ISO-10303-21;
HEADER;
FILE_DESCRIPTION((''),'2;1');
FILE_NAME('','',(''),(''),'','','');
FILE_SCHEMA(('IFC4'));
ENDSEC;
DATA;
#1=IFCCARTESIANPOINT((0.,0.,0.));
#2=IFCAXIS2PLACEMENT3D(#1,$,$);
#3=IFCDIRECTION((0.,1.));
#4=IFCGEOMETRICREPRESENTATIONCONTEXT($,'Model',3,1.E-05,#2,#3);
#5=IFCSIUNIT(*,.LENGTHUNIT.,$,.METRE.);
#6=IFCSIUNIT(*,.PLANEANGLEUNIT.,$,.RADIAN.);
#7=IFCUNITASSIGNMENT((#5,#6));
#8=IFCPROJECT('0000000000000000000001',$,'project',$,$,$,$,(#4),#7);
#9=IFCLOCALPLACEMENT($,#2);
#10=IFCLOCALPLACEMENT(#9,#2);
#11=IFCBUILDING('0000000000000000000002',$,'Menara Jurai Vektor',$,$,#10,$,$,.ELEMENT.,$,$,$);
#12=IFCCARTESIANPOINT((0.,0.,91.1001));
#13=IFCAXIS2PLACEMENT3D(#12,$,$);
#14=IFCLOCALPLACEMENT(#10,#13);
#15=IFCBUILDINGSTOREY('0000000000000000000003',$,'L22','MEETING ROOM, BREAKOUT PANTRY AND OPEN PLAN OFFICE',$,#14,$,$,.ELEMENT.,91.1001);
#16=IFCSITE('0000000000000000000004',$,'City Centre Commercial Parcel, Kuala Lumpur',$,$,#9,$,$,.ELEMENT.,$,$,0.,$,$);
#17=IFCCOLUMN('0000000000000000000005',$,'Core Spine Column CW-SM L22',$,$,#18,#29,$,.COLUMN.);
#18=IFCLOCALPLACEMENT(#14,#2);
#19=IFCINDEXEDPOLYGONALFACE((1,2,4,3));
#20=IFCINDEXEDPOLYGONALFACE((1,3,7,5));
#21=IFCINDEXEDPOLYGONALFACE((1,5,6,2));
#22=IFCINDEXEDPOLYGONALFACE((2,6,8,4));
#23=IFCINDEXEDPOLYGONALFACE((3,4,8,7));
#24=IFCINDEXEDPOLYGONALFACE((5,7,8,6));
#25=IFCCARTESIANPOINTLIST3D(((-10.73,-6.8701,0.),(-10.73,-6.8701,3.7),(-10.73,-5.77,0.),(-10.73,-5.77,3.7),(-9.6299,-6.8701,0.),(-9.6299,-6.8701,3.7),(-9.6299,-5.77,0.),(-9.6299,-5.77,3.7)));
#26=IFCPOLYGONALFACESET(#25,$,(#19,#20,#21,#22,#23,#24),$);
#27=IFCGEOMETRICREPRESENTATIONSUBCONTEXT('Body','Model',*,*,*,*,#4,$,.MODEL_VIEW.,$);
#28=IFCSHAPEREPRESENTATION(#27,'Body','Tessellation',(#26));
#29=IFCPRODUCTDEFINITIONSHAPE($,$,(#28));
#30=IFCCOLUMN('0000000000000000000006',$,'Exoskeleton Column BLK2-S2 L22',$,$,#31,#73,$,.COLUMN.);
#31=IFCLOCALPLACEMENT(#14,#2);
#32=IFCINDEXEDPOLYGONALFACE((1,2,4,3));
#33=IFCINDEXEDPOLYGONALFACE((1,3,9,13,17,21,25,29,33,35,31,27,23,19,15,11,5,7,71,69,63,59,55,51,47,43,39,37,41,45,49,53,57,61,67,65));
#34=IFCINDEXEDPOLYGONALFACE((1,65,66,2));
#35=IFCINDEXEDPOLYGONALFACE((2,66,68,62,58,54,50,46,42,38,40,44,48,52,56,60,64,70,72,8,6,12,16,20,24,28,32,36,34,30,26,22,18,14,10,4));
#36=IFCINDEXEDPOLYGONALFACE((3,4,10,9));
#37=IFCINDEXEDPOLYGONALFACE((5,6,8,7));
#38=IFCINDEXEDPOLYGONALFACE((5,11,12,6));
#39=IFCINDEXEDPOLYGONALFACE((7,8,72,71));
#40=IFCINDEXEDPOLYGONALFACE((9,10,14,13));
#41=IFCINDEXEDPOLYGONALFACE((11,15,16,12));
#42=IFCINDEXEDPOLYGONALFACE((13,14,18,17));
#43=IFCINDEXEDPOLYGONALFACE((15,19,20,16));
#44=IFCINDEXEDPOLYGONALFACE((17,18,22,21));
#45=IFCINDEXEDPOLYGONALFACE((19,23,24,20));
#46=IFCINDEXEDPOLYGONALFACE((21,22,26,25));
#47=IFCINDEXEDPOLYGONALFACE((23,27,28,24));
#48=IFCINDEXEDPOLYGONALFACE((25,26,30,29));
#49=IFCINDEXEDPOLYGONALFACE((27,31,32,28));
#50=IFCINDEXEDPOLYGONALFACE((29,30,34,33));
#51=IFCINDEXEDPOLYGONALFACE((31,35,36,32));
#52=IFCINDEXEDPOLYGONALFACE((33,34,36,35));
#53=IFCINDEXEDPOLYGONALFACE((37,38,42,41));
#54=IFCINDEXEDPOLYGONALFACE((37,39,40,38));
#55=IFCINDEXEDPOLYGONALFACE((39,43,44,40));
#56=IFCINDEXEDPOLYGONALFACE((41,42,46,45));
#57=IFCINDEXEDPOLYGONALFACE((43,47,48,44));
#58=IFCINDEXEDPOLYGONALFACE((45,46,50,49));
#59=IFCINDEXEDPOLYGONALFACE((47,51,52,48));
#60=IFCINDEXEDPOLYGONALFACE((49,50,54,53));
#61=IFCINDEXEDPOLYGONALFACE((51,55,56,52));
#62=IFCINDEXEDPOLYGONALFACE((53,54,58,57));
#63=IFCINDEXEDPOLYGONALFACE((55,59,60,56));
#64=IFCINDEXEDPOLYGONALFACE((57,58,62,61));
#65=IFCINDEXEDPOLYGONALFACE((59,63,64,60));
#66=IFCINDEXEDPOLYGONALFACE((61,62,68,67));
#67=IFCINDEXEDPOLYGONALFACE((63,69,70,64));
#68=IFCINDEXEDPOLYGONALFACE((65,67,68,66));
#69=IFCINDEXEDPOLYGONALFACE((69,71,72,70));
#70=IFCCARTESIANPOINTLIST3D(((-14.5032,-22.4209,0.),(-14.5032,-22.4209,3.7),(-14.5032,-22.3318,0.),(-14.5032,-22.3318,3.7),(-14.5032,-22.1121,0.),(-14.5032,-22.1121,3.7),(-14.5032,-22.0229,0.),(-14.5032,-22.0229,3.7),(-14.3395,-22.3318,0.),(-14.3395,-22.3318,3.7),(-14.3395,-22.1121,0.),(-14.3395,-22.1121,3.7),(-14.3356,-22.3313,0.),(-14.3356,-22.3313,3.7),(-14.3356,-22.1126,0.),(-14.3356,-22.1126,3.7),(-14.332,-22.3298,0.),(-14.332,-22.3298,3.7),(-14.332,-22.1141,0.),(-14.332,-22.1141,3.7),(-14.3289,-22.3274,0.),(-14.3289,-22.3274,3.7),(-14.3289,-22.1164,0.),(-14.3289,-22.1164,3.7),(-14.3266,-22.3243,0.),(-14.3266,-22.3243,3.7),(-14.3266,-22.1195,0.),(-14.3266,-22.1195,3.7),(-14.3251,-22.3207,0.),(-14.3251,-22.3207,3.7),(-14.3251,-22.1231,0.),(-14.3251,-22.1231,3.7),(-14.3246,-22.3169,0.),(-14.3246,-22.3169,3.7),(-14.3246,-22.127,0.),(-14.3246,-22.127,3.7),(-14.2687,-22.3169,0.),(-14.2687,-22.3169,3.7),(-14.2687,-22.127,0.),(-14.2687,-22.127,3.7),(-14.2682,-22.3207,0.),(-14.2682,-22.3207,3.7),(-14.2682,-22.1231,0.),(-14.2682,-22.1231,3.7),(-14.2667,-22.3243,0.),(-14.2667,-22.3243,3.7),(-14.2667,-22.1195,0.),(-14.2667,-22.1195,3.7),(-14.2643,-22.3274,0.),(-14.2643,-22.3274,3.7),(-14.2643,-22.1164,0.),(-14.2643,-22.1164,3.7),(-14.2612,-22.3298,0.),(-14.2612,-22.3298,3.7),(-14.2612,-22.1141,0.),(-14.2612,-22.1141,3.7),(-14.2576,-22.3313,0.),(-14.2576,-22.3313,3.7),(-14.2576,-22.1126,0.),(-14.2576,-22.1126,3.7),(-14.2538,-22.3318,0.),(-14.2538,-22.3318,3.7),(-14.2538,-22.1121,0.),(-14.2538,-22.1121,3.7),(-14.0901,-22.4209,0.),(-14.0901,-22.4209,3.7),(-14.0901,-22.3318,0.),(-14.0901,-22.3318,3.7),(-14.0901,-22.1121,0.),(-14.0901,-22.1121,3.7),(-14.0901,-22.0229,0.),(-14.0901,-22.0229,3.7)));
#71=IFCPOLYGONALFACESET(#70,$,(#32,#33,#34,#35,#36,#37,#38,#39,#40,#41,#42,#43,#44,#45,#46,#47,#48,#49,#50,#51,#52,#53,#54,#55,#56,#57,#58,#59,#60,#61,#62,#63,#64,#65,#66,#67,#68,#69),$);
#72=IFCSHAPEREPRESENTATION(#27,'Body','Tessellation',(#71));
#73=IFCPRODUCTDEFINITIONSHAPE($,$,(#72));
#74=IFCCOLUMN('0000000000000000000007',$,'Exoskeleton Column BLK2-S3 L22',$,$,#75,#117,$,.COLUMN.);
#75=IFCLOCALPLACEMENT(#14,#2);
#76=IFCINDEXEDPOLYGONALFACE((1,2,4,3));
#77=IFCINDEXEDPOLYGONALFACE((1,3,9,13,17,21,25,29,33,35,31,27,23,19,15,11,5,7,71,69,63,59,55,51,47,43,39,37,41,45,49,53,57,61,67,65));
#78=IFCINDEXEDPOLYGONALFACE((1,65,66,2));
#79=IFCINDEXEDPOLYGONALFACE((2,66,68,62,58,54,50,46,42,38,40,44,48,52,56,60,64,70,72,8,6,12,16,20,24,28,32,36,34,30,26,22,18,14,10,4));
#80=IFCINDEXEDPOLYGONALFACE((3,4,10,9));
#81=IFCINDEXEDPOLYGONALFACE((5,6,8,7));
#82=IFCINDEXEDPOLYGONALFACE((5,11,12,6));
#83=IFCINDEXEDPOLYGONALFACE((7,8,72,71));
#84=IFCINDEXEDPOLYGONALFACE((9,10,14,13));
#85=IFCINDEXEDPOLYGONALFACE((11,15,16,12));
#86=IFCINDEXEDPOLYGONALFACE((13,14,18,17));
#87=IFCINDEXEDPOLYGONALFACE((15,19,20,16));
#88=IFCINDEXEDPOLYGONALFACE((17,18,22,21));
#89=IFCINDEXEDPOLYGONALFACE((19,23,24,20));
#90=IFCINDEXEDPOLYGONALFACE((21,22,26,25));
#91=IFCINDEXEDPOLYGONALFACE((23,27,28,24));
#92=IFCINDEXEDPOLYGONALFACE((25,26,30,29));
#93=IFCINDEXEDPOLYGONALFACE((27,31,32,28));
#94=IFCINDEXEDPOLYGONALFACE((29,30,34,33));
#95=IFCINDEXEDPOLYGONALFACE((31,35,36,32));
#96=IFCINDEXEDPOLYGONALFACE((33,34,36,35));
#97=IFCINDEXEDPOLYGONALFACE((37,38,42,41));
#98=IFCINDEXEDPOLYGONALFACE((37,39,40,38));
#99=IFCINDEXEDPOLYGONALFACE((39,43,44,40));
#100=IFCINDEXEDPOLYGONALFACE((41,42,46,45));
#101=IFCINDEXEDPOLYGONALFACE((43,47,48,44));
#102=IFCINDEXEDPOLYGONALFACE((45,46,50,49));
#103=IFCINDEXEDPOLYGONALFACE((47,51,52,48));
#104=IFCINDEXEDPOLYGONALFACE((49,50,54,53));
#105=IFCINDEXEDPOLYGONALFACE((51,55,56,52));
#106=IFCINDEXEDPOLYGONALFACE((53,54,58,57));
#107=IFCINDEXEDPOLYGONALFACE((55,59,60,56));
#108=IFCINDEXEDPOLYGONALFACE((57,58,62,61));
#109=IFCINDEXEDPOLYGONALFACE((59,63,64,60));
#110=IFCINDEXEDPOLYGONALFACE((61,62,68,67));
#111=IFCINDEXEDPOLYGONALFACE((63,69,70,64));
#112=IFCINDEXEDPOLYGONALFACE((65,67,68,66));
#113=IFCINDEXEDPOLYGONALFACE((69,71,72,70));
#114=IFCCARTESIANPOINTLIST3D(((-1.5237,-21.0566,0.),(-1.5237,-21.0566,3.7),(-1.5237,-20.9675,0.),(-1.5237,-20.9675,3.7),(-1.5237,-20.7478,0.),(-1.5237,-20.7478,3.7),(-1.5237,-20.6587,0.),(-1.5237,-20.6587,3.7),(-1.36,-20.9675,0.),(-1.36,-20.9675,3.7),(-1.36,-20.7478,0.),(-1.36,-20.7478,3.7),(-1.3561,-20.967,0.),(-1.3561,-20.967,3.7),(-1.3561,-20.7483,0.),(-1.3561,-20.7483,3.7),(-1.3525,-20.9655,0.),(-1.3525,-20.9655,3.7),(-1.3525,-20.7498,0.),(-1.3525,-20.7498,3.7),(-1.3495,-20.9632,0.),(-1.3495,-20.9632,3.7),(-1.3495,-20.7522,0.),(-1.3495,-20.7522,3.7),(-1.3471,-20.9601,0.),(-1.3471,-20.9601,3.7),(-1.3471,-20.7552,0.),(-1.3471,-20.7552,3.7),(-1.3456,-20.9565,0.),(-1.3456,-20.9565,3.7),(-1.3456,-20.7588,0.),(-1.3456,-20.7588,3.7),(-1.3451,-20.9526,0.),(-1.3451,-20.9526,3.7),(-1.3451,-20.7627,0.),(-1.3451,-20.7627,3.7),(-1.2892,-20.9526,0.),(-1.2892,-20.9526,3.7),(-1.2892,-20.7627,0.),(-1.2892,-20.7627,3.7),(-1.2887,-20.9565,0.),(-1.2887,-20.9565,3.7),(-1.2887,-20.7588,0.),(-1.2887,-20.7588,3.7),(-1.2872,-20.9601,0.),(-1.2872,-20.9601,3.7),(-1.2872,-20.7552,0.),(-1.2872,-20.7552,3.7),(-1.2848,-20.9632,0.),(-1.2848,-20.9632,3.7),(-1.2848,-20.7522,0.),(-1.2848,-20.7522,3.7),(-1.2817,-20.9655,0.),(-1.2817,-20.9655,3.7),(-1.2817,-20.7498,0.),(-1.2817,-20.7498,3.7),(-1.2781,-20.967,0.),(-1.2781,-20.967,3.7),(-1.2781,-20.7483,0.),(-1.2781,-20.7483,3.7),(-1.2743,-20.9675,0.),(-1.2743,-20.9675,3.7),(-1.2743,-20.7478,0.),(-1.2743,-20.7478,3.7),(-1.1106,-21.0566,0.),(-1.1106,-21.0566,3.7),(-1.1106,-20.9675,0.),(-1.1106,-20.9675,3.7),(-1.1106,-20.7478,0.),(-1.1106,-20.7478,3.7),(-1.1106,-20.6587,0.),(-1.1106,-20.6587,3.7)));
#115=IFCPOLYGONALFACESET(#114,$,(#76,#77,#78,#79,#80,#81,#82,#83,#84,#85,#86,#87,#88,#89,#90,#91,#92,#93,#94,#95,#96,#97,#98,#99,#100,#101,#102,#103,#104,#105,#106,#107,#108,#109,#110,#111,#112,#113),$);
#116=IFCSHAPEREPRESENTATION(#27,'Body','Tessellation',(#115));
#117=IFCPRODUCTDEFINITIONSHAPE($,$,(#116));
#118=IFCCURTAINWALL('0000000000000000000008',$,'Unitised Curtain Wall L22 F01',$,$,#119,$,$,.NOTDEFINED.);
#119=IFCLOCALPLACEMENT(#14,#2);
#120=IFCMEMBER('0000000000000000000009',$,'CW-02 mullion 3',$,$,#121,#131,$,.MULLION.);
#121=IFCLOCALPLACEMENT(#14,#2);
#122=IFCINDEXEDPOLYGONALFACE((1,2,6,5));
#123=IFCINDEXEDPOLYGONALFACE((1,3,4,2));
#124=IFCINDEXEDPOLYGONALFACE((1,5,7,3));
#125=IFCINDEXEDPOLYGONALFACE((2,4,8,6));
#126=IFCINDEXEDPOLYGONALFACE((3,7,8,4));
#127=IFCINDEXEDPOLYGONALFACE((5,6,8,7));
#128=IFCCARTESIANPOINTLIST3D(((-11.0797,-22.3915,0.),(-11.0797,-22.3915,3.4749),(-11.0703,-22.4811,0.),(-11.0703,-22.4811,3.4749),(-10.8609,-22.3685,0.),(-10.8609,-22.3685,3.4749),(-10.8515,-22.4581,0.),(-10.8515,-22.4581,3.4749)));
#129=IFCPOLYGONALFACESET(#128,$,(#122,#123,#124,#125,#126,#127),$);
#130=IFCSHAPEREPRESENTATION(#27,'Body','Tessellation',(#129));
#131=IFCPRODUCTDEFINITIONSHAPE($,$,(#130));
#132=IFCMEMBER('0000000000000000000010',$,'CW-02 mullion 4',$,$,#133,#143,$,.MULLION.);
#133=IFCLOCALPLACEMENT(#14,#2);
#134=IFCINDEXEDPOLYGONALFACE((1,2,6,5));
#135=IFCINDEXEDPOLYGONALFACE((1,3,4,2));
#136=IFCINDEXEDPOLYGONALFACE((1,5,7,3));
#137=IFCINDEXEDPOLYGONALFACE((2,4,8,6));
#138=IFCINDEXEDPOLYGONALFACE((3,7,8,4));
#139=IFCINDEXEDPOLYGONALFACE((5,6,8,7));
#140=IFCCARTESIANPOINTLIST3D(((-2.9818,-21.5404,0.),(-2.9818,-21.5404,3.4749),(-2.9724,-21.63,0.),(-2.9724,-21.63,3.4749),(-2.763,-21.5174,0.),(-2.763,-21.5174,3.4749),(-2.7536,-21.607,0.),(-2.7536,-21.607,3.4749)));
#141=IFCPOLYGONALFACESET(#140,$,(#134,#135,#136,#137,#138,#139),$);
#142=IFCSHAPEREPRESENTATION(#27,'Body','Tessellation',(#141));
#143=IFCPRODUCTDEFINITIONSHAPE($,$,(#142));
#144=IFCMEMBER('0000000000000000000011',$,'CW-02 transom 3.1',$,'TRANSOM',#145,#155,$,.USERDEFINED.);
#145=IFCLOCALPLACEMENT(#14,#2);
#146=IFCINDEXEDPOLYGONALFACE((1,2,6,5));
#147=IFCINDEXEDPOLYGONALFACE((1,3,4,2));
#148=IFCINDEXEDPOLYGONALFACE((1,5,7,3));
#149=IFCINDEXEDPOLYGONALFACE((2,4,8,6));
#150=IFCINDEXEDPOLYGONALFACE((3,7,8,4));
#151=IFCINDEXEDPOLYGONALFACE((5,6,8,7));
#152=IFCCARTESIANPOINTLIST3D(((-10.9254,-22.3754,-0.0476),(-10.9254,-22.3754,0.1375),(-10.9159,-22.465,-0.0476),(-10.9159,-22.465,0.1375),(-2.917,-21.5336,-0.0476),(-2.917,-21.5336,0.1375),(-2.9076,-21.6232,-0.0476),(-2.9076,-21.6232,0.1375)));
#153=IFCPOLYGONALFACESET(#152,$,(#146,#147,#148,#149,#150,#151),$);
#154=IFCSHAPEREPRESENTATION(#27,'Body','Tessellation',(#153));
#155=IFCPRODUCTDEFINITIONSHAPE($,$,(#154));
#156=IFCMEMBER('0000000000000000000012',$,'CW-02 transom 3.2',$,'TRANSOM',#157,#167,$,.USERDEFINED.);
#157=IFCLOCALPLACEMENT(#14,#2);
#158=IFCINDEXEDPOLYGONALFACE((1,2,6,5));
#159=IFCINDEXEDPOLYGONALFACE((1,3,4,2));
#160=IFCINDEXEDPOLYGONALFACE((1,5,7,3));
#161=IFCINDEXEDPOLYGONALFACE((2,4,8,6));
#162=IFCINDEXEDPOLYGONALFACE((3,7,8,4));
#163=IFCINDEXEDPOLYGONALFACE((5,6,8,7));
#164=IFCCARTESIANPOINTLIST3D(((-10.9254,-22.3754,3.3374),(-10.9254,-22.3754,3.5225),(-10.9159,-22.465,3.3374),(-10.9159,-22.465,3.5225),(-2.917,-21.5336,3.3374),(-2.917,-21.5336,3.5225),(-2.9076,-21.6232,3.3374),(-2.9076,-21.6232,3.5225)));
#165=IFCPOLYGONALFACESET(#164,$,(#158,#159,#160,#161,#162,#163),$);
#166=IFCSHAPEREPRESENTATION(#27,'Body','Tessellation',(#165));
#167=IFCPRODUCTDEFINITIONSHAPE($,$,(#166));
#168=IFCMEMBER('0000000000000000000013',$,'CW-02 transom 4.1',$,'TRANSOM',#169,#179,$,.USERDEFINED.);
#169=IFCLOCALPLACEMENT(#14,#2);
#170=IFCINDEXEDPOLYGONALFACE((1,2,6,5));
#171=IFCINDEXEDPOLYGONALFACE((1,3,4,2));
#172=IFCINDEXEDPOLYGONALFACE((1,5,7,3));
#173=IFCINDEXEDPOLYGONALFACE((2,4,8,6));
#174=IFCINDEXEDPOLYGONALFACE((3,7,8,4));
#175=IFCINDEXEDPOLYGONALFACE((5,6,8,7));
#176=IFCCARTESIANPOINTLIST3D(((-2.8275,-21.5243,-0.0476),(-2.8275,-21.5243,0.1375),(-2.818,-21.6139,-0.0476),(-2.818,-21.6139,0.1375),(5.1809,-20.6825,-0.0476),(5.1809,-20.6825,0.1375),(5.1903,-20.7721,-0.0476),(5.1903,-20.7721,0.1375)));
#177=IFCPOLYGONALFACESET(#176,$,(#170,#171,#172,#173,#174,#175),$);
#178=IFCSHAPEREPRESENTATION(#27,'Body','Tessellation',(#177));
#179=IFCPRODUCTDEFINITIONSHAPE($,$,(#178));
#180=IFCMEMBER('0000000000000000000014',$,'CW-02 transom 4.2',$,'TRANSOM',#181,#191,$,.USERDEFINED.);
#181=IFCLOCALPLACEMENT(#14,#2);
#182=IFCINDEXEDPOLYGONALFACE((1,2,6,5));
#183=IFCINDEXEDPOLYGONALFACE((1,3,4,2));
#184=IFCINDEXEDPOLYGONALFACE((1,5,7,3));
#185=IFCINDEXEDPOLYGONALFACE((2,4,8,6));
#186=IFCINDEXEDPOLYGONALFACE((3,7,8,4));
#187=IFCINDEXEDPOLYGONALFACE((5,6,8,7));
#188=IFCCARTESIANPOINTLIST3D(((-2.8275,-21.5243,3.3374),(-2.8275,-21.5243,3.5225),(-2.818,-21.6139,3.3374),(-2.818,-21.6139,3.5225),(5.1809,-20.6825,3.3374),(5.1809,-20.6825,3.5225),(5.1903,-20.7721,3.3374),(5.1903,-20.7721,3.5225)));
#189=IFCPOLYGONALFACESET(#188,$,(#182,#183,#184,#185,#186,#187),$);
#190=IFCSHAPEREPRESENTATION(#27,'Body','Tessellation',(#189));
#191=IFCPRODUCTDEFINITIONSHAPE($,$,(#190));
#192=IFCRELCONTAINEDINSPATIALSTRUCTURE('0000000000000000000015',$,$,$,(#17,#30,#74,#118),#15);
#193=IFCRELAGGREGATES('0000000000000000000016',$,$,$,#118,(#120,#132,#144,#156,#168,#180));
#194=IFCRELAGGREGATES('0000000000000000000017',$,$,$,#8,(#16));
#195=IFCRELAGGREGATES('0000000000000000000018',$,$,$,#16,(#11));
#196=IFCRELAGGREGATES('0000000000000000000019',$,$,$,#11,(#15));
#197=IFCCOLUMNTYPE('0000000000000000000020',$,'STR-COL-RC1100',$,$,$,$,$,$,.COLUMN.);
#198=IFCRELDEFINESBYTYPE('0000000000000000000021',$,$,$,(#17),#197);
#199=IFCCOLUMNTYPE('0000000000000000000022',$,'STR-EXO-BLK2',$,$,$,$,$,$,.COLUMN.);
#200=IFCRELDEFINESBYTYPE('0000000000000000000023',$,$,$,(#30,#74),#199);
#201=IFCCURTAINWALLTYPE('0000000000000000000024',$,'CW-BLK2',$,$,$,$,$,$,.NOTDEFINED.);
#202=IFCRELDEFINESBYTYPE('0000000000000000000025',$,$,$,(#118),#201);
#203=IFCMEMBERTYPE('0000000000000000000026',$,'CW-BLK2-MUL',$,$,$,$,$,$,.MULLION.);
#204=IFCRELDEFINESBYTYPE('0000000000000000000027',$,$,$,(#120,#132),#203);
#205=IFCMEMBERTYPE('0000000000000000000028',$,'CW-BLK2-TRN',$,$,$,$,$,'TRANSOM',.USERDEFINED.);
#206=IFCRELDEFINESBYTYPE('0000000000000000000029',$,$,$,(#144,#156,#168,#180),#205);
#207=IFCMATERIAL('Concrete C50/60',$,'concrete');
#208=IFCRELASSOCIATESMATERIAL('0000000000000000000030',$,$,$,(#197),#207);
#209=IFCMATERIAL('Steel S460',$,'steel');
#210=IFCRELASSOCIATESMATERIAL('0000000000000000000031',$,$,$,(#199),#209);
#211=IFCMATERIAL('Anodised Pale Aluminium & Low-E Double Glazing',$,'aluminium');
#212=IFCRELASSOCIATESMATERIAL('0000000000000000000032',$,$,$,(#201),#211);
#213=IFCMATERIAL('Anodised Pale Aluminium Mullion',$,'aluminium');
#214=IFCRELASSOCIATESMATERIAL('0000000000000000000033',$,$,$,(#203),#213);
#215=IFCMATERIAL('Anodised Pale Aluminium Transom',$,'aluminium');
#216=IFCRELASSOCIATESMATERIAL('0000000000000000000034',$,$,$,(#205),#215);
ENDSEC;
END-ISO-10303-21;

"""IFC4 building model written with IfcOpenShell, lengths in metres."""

from ifc_helpers import new_model, si_unit, direction, frame, origin, origin_2d, place, context, subcontext, project, spatial, rectangle, i_section, extrude, material, material_profile, profile_set, type_object, element, aggregate, save


model = new_model("IFC4")

# Units and contexts
model_context = context("Model", 3, precision=1e-05, world=origin(), true_north=direction((0.0, 1.0)))
body_context = subcontext(model_context, "Body", "Model", "MODEL_VIEW")
ifc_project = project(units=[si_unit("LENGTHUNIT", "METRE"), si_unit("PLANEANGLEUNIT", "RADIAN")], contexts=[model_context])

# Site, building, storey
site_placement = place(None, origin())
site = spatial("IfcSite", under=ifc_project, at=site_placement, Name="City Centre Commercial Parcel, Kuala Lumpur", CompositionType="ELEMENT", RefElevation=0.0)
building_placement = place(site_placement, origin())
building = spatial("IfcBuilding", under=site, at=building_placement, Name="Menara Jurai Vektor", CompositionType="ELEMENT")
storey_placement = place(building_placement, frame((0.0, 0.0, 91.1001)))
storey = spatial("IfcBuildingStorey", under=building, at=storey_placement, Name="L22", Description="MEETING ROOM, BREAKOUT PANTRY AND OPEN PLAN OFFICE", CompositionType="ELEMENT", Elevation=91.1001)

# Columns
ifc_material_1 = material(Name="Concrete C50/60", Category="concrete")
ifc_material_profile_1 = material_profile(ifc_material_1, rectangle(XDim=1.1001, YDim=1.1001, at=origin_2d()), Name="RC 1100x1100")
ifc_profile_set_1 = profile_set([ifc_material_profile_1], Name="Concrete C50/60")
column_type_1 = type_object("IfcColumnType", Name="STR-COL-RC1100", PredefinedType="COLUMN", material=ifc_profile_set_1)
column_placement = place(storey_placement, frame((-10.1799, -6.3201, 0.0), z_axis=(0.0, 0.0, 1.0), x_axis=(1.0, 0.0, 0.0)))
element("IfcColumn", 1, at=column_placement, inside=storey, type_object=column_type_1, Name="Core Spine Column CW-SM L22", PredefinedType="COLUMN", context=body_context, shape_type="SweptSolid", body=[
    extrude(rectangle(XDim=1.1001, YDim=1.1001, at=origin_2d()), origin(), (0.0, 0.0, 1.0), 3.7),
])
ifc_material_2 = material(Name="Steel S460", Category="steel")
ifc_material_profile_2 = material_profile(ifc_material_2, i_section(OverallWidth=0.4131, OverallDepth=0.3979, WebThickness=0.0559, FlangeThickness=0.0891, FilletRadius=0.0149, at=origin_2d()), Name="HD 400x744")
ifc_profile_set_2 = profile_set([ifc_material_profile_2], Name="Steel S460")
column_type_2 = type_object("IfcColumnType", Name="STR-EXO-BLK2", PredefinedType="COLUMN", material=ifc_profile_set_2)
for number, where, z_axis, x_axis, name in (
    (2, (-14.2966, -22.2219, 0.0), (0.0, 0.0, 1.0), (1.0, 0.0, 0.0), "Exoskeleton Column BLK2-S2 L22"),
    (3, (-1.3171, -20.8577, 0.0), (0.0, 0.0, 1.0), (1.0, 0.0, 0.0), "Exoskeleton Column BLK2-S3 L22"),
):
    element("IfcColumn", number, at=place(storey_placement, frame(where, z_axis=z_axis, x_axis=x_axis)), inside=storey, type_object=column_type_2, Name=name, PredefinedType="COLUMN", context=body_context, shape_type="SweptSolid", body=[
        extrude(i_section(OverallWidth=0.4131, OverallDepth=0.3979, WebThickness=0.0559, FlangeThickness=0.0891, FilletRadius=0.0149, at=origin_2d()), origin(), (0.0, 0.0, 1.0), 3.7),
    ])

# Curtain wall, members
ifc_material_3 = material(Name="Anodised Pale Aluminium & Low-E Double Glazing", Category="aluminium")
curtain_wall_type = type_object("IfcCurtainWallType", Name="CW-BLK2", PredefinedType="NOTDEFINED", material=ifc_material_3)
curtain_wall_placement = place(storey_placement, origin())
curtain_wall = element("IfcCurtainWall", 4, at=curtain_wall_placement, inside=storey, type_object=curtain_wall_type, Name="Unitised Curtain Wall L22 F01", PredefinedType="NOTDEFINED")
ifc_material_4 = material(Name="Anodised Pale Aluminium Mullion", Category="aluminium")
ifc_material_profile_3 = material_profile(ifc_material_4, rectangle(XDim=0.0901, YDim=0.22, at=origin_2d()), Name="ALU MUL 90x220")
ifc_profile_set_3 = profile_set([ifc_material_profile_3], Name="Anodised Pale Aluminium Mullion")
member_type_1 = type_object("IfcMemberType", Name="CW-BLK2-MUL", PredefinedType="MULLION", material=ifc_profile_set_3)
member_1_placement = place(storey_placement, frame((-10.9656, -22.4248, 0.0), z_axis=(0.0, 0.0, 1.0), x_axis=(-0.104529, 0.994522, 0.0)))
member_1 = element("IfcMember", 5, at=member_1_placement, type_object=member_type_1, Name="CW-02 mullion 3", PredefinedType="MULLION", context=body_context, shape_type="SweptSolid", body=[
    extrude(rectangle(XDim=0.0901, YDim=0.22, at=origin_2d()), origin(), (0.0, 0.0, 1.0), 3.4749),
])
member_2_placement = place(storey_placement, frame((-2.8677, -21.5737, 0.0), z_axis=(0.0, 0.0, 1.0), x_axis=(-0.104529, 0.994522, 0.0)))
member_2 = element("IfcMember", 6, at=member_2_placement, type_object=member_type_1, Name="CW-02 mullion 4", PredefinedType="MULLION", context=body_context, shape_type="SweptSolid", body=[
    extrude(rectangle(XDim=0.0901, YDim=0.22, at=origin_2d()), origin(), (0.0, 0.0, 1.0), 3.4749),
])
ifc_material_5 = material(Name="Anodised Pale Aluminium Transom", Category="aluminium")
ifc_material_profile_4 = material_profile(ifc_material_5, rectangle(XDim=0.0901, YDim=0.1851, at=origin_2d()), Name="ALU TRN 90x185")
ifc_profile_set_4 = profile_set([ifc_material_profile_4], Name="Anodised Pale Aluminium Transom")
member_type_2 = type_object("IfcMemberType", Name="CW-BLK2-TRN", ElementType="TRANSOM", PredefinedType="USERDEFINED", material=ifc_profile_set_4)
member_3_placement = place(storey_placement, frame((-10.9207, -22.4202, 0.0449), z_axis=(0.994521, 0.10454, 0.0), x_axis=(-0.10454, 0.994521, 0.0)))
member_3 = element("IfcMember", 7, at=member_3_placement, type_object=member_type_2, Name="CW-02 transom 3.1", ObjectType="TRANSOM", PredefinedType="USERDEFINED", context=body_context, shape_type="SweptSolid", body=[
    extrude(rectangle(XDim=0.0901, YDim=0.1851, at=origin_2d()), origin(), (0.0, 0.0, 1.0), 8.0525),
])
member_4_placement = place(storey_placement, frame((-10.9207, -22.4202, 3.4299), z_axis=(0.994521, 0.10454, 0.0), x_axis=(-0.10454, 0.994521, 0.0)))
member_4 = element("IfcMember", 8, at=member_4_placement, type_object=member_type_2, Name="CW-02 transom 3.2", ObjectType="TRANSOM", PredefinedType="USERDEFINED", context=body_context, shape_type="SweptSolid", body=[
    extrude(rectangle(XDim=0.0901, YDim=0.1851, at=origin_2d()), origin(), (0.0, 0.0, 1.0), 8.0525),
])
member_5_placement = place(storey_placement, frame((-2.8228, -21.5691, 0.0449), z_axis=(0.994521, 0.10454, 0.0), x_axis=(-0.10454, 0.994521, 0.0)))
member_5 = element("IfcMember", 9, at=member_5_placement, type_object=member_type_2, Name="CW-02 transom 4.1", ObjectType="TRANSOM", PredefinedType="USERDEFINED", context=body_context, shape_type="SweptSolid", body=[
    extrude(rectangle(XDim=0.0901, YDim=0.1851, at=origin_2d()), origin(), (0.0, 0.0, 1.0), 8.0525),
])
member_6_placement = place(storey_placement, frame((-2.8228, -21.5691, 3.4299), z_axis=(0.994521, 0.10454, 0.0), x_axis=(-0.10454, 0.994521, 0.0)))
member_6 = element("IfcMember", 10, at=member_6_placement, type_object=member_type_2, Name="CW-02 transom 4.2", ObjectType="TRANSOM", PredefinedType="USERDEFINED", context=body_context, shape_type="SweptSolid", body=[
    extrude(rectangle(XDim=0.0901, YDim=0.1851, at=origin_2d()), origin(), (0.0, 0.0, 1.0), 8.0525),
])

aggregate(curtain_wall, [member_1, member_2, member_3, member_4, member_5, member_6])

save(model, "model.ifc")
